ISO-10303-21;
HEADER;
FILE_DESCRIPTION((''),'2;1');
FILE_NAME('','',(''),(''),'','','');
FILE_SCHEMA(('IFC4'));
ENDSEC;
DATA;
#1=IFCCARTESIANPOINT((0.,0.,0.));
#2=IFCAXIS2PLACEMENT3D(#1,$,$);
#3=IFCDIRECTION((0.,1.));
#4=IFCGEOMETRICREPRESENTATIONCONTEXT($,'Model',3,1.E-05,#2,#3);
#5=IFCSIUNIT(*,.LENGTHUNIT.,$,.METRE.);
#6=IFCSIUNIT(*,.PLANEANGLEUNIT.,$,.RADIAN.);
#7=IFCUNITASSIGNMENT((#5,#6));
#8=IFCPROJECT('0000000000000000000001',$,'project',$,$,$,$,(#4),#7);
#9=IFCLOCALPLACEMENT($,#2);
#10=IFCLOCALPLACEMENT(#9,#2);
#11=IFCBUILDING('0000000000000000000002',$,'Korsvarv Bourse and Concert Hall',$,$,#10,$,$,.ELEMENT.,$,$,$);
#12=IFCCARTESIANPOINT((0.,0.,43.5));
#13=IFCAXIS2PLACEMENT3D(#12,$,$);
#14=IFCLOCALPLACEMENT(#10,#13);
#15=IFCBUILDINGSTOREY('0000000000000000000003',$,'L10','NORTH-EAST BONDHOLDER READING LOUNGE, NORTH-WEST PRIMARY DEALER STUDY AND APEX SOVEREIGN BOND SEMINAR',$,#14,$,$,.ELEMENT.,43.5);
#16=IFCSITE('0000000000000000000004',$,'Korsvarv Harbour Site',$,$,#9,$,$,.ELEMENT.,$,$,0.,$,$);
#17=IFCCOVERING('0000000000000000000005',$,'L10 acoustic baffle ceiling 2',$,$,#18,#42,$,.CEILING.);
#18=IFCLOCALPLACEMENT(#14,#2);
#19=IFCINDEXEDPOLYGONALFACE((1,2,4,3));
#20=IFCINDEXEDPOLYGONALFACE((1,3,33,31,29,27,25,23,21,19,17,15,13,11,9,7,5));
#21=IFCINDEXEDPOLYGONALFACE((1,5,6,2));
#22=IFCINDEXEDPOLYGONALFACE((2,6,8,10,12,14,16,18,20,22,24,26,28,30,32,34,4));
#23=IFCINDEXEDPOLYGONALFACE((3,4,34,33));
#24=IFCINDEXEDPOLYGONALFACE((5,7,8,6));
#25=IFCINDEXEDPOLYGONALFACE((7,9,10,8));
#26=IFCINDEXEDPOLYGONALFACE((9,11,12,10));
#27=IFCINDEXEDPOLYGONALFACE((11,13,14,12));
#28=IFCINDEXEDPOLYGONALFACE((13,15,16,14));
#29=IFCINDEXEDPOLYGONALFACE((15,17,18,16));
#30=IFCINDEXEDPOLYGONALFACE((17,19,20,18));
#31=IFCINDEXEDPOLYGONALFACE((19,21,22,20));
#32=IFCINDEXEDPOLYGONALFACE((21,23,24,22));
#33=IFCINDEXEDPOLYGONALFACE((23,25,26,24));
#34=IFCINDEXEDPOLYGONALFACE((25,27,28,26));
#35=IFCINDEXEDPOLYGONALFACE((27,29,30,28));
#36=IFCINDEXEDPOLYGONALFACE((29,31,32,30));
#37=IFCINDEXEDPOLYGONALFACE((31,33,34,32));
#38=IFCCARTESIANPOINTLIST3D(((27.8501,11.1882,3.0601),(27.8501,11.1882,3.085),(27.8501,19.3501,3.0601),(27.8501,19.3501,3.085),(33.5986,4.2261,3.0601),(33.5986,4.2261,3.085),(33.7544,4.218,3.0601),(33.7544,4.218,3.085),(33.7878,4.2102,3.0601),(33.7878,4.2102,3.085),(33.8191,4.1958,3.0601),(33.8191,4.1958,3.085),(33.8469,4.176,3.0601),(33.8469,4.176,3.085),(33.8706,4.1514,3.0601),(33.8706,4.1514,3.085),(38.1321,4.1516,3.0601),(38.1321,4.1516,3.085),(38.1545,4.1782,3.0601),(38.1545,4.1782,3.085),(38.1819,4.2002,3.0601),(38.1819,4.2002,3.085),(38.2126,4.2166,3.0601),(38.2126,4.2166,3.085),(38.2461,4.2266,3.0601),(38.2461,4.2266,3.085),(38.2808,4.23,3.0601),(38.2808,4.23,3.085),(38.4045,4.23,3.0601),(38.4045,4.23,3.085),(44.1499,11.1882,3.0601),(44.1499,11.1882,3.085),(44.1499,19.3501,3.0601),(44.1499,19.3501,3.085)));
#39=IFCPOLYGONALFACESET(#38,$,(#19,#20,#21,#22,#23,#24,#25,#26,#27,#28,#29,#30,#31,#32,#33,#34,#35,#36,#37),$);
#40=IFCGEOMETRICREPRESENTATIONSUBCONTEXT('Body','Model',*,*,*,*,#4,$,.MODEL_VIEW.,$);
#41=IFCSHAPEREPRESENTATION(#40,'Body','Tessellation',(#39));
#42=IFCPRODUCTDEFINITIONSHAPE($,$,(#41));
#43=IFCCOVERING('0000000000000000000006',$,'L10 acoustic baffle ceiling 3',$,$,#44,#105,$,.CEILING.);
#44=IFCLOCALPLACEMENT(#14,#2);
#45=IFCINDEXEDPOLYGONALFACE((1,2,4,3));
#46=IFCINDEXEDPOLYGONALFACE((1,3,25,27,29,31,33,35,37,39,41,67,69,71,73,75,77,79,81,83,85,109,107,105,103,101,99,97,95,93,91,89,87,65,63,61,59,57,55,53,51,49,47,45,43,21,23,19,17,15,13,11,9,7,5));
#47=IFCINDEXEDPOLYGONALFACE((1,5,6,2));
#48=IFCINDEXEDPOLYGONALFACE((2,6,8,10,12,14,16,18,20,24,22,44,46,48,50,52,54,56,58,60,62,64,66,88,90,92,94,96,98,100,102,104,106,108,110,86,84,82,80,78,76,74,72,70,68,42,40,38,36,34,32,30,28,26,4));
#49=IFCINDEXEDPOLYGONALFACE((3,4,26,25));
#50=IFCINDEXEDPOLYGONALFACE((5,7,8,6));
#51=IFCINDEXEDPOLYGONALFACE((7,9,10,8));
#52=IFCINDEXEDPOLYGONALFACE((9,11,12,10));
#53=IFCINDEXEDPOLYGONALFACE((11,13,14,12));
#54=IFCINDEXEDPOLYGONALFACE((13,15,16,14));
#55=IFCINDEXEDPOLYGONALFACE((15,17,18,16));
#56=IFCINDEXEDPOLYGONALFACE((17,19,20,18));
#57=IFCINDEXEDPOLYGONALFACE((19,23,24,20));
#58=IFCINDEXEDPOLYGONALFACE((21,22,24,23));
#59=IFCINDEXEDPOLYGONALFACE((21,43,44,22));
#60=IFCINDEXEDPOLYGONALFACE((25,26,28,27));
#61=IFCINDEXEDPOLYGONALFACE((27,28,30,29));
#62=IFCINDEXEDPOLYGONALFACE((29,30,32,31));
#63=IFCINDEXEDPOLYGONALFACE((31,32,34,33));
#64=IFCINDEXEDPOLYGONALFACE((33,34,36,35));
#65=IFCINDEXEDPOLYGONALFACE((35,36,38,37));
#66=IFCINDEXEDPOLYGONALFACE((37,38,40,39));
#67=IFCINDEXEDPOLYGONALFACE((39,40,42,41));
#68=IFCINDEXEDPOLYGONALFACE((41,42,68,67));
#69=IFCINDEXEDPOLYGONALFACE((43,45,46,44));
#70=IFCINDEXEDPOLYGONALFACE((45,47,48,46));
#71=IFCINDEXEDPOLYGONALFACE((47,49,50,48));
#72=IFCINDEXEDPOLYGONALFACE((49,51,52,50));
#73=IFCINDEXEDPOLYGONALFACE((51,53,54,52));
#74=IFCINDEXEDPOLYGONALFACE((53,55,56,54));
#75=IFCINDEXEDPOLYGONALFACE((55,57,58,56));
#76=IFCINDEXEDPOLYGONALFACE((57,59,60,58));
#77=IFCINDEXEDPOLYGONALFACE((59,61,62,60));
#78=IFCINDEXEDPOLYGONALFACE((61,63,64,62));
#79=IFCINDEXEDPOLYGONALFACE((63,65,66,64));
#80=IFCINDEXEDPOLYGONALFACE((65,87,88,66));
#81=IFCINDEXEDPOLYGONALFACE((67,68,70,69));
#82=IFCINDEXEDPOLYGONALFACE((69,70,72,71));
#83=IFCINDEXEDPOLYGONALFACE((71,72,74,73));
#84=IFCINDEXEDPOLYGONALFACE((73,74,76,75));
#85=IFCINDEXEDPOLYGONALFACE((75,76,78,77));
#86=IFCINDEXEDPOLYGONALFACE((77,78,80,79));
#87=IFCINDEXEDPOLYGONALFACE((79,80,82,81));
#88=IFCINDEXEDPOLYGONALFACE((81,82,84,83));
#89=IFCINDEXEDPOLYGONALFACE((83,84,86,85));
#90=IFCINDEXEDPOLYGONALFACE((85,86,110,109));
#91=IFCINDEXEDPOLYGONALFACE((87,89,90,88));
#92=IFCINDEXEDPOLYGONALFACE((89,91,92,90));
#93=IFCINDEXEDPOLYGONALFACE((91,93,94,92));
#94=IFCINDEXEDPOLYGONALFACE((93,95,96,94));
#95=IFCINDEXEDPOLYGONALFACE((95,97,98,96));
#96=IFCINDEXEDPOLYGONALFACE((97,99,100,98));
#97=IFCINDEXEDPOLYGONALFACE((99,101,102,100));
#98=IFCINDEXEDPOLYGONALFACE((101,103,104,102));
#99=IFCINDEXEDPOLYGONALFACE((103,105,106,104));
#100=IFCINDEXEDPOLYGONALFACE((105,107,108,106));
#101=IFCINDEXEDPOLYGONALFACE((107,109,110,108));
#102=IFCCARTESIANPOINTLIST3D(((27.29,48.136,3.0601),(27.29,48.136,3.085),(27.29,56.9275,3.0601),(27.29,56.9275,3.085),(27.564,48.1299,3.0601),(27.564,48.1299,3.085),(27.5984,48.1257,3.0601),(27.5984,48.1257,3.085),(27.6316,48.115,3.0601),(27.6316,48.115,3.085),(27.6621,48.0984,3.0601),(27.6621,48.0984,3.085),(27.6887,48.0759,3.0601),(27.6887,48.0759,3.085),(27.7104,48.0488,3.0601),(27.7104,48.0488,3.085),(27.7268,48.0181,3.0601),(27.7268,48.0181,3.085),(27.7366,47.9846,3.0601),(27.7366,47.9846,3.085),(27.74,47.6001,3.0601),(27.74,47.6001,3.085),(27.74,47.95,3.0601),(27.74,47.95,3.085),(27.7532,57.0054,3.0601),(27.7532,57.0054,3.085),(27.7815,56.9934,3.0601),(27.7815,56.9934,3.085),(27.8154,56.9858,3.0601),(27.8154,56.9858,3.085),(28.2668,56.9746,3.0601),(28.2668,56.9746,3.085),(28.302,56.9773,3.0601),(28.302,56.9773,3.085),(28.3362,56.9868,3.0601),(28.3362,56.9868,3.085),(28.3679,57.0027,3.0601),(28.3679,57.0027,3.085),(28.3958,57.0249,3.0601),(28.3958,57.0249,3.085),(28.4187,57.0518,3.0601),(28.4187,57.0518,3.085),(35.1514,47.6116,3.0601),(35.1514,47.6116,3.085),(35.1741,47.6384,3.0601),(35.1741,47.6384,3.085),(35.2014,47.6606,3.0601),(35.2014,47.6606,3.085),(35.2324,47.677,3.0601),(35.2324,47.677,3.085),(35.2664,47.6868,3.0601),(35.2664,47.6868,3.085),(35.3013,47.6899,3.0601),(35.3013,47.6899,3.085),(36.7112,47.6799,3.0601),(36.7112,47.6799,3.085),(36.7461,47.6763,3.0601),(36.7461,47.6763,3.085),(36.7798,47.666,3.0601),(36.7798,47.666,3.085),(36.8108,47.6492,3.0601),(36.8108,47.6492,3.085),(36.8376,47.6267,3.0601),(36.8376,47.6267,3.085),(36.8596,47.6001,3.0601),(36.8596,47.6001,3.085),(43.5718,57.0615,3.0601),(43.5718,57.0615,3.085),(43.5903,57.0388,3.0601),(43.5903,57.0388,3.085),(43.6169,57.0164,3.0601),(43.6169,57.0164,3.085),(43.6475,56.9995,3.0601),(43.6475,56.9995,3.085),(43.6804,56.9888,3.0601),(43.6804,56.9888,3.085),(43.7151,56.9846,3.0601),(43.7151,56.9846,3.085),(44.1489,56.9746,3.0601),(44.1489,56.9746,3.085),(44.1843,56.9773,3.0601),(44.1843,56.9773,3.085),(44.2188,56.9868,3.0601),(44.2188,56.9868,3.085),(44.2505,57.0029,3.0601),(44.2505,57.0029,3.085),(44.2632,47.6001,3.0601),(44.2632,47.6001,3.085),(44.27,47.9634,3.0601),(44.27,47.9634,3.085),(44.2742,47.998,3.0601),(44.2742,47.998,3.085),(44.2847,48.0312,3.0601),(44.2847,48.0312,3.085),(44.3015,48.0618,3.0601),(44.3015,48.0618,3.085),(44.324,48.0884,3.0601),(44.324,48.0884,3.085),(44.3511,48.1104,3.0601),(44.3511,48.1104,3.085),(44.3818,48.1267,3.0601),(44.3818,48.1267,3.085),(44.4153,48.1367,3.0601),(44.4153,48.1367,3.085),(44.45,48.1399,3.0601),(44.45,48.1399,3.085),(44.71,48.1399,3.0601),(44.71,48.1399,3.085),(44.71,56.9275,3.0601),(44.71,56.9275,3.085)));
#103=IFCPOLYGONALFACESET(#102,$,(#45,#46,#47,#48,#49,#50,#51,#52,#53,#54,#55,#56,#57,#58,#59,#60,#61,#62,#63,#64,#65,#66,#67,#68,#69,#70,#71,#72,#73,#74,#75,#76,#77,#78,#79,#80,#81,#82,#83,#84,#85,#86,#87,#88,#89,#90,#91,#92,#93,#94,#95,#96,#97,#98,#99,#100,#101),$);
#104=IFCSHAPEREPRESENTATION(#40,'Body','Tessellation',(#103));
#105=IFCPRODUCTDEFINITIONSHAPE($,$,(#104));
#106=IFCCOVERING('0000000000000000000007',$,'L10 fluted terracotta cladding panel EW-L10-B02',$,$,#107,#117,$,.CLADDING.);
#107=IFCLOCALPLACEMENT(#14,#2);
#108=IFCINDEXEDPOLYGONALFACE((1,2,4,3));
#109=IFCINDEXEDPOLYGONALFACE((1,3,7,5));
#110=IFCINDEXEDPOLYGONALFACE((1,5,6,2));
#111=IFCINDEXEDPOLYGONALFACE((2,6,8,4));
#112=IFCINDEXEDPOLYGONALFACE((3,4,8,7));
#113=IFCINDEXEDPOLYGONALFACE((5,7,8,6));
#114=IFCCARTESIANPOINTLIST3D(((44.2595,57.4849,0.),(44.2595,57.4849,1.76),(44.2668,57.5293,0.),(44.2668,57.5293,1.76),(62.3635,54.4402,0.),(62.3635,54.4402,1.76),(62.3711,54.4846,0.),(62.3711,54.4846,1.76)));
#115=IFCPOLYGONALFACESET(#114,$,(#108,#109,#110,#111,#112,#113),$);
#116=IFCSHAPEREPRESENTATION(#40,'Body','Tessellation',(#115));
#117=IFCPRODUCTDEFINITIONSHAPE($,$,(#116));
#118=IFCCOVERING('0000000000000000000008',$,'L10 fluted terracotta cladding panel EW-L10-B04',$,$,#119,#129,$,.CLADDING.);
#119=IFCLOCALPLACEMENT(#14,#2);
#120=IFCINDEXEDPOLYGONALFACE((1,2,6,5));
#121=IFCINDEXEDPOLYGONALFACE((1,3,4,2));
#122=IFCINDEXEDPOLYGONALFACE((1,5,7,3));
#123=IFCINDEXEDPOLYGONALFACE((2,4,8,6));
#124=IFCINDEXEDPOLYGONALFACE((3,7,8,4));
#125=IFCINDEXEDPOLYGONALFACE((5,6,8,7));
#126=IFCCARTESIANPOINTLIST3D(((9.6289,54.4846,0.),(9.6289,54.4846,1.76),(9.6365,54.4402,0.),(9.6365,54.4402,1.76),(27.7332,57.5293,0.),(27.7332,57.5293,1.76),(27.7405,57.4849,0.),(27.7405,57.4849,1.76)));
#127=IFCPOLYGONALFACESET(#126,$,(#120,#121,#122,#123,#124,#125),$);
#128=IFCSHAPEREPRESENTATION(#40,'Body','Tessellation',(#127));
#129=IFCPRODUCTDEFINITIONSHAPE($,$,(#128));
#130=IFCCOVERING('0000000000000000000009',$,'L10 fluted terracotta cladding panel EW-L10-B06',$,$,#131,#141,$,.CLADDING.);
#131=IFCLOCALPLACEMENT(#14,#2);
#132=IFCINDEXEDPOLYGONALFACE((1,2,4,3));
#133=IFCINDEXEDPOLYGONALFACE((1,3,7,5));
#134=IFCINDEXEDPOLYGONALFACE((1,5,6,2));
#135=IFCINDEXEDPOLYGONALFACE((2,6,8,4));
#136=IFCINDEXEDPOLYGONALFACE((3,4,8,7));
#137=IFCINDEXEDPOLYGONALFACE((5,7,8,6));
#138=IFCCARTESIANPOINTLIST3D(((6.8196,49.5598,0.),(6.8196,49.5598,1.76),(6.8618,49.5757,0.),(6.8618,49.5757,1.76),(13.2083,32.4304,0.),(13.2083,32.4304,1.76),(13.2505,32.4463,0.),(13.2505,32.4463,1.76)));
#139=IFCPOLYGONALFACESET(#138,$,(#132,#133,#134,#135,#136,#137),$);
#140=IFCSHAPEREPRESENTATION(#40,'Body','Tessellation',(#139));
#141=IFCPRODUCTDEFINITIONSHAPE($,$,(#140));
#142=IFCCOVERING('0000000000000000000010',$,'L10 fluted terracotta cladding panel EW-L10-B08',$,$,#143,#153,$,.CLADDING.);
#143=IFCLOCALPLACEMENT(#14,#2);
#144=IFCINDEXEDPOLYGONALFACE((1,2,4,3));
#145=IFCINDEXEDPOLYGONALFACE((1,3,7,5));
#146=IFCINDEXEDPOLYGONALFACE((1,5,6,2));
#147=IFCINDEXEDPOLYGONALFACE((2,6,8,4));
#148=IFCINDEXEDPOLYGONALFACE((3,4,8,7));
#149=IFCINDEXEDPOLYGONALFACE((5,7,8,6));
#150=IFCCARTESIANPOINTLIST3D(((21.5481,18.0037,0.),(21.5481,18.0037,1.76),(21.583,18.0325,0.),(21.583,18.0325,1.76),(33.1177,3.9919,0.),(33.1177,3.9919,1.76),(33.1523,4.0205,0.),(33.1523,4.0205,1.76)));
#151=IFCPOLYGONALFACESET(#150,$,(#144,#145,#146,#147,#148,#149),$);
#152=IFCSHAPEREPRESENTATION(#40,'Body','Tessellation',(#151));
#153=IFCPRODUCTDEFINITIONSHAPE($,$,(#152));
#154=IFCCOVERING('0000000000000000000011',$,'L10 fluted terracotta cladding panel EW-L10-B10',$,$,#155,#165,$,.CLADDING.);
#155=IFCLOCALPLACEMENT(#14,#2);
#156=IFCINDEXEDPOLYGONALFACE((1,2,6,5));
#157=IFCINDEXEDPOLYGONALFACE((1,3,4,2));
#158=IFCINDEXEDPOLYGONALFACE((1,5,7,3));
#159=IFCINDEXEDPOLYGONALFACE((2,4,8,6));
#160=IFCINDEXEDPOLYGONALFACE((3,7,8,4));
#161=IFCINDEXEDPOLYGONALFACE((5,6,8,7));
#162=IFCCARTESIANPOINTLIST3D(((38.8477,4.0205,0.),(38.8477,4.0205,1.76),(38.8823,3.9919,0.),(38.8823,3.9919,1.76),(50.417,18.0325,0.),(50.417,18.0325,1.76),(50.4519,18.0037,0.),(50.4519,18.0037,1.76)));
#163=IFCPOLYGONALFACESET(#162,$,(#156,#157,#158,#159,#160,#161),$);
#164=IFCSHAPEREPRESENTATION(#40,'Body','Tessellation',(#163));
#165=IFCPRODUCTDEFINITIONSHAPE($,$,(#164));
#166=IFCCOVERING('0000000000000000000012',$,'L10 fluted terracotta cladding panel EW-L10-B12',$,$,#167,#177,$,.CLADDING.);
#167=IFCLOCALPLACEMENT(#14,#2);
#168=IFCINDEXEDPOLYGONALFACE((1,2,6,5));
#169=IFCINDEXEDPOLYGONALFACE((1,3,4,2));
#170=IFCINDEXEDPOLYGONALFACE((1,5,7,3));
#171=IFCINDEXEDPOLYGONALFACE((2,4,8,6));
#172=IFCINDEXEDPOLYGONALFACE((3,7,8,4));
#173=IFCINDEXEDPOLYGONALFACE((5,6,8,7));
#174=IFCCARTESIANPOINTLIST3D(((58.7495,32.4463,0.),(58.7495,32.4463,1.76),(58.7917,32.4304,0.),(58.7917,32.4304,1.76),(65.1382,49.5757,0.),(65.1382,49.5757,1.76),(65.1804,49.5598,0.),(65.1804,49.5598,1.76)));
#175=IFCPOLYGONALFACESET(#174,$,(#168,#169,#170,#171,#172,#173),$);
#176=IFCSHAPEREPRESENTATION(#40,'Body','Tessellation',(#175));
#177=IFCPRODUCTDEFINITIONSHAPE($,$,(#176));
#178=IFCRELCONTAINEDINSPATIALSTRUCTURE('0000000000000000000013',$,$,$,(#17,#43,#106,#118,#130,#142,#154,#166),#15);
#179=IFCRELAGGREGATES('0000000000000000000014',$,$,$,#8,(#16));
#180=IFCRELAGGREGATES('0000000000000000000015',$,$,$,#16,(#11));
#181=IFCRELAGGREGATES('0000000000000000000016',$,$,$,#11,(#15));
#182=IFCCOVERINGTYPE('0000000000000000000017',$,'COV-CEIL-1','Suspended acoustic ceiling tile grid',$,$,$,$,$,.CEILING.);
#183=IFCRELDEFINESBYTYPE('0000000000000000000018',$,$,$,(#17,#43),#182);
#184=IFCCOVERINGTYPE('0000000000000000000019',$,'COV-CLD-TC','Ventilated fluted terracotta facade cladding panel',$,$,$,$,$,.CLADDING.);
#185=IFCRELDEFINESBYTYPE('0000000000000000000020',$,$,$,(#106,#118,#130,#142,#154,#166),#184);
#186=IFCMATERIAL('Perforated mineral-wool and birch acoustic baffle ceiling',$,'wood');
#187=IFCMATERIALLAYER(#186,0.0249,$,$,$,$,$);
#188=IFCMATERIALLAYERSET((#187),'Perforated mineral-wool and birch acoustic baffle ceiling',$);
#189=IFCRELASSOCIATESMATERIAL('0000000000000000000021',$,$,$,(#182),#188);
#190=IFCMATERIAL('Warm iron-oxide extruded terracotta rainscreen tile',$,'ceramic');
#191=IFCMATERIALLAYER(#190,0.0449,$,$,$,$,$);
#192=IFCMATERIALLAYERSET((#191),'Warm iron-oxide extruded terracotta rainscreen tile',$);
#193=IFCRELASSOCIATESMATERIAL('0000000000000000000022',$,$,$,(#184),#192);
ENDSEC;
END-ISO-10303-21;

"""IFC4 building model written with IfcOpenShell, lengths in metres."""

from ifc_helpers import new_model, si_unit, direction, frame, origin, place, context, subcontext, project, spatial, polyline, outline, extrude, material, layer, layer_set, type_object, element, save


model = new_model("IFC4")

# Units and contexts
model_context = context("Model", 3, precision=1e-05, world=origin(), true_north=direction((0.0, 1.0)))
body_context = subcontext(model_context, "Body", "Model", "MODEL_VIEW")
ifc_project = project(units=[si_unit("LENGTHUNIT", "METRE"), si_unit("PLANEANGLEUNIT", "RADIAN")], contexts=[model_context])

# Site, building, storey
site_placement = place(None, origin())
site = spatial("IfcSite", under=ifc_project, at=site_placement, Name="Korsvarv Harbour Site", CompositionType="ELEMENT", RefElevation=0.0)
building_placement = place(site_placement, origin())
building = spatial("IfcBuilding", under=site, at=building_placement, Name="Korsvarv Bourse and Concert Hall", CompositionType="ELEMENT")
storey_placement = place(building_placement, frame((0.0, 0.0, 43.5)))
storey = spatial("IfcBuildingStorey", under=building, at=storey_placement, Name="L10", Description="NORTH-EAST BONDHOLDER READING LOUNGE, NORTH-WEST PRIMARY DEALER STUDY AND APEX SOVEREIGN BOND SEMINAR", CompositionType="ELEMENT", Elevation=43.5)

# Coverings
ifc_material_1 = material(Name="Perforated mineral-wool and birch acoustic baffle ceiling", Category="wood")
ifc_layer_1 = layer(ifc_material_1, 0.0249)
ifc_layer_set_1 = layer_set([ifc_layer_1], Name="Perforated mineral-wool and birch acoustic baffle ceiling")
covering_type_1 = type_object("IfcCoveringType", Name="COV-CEIL-1", Description="Suspended acoustic ceiling tile grid", PredefinedType="CEILING", material=ifc_layer_set_1)
covering_1_placement = place(storey_placement, frame((0.0, 0.0, 3.0601)))
element("IfcCovering", 1, at=covering_1_placement, inside=storey, type_object=covering_type_1, Name="L10 acoustic baffle ceiling 2", PredefinedType="CEILING", context=body_context, shape_type="SweptSolid", body=[
    extrude(outline(polyline([(33.8706, 4.1514), (33.8469, 4.176), (33.8191, 4.1958), (33.7878, 4.2102), (33.7544, 4.218), (33.5986, 4.2261), (27.8501, 11.1882), (27.8501, 19.3501), (44.1499, 19.3501), (44.1499, 11.1882), (38.4045, 4.23), (38.2808, 4.23), (38.2461, 4.2266), (38.2126, 4.2166), (38.1819, 4.2002), (38.1545, 4.1782), (38.1321, 4.1516), (33.8706, 4.1514)])), origin(), (0.0, 0.0, 1.0), 0.0249),
])
covering_2_placement = place(storey_placement, frame((0.0, 0.0, 3.0601)))
element("IfcCovering", 2, at=covering_2_placement, inside=storey, type_object=covering_type_1, Name="L10 acoustic baffle ceiling 3", PredefinedType="CEILING", context=body_context, shape_type="SweptSolid", body=[
    extrude(outline(polyline([(27.7532, 57.0054), (27.7815, 56.9934), (27.8154, 56.9858), (28.2668, 56.9746), (28.302, 56.9773), (28.3362, 56.9868), (28.3679, 57.0027), (28.3958, 57.0249), (28.4187, 57.0518), (43.5718, 57.0615), (43.5903, 57.0388), (43.6169, 57.0164), (43.6475, 56.9995), (43.6804, 56.9888), (43.7151, 56.9846), (44.1489, 56.9746), (44.1843, 56.9773), (44.2188, 56.9868), (44.2505, 57.0029), (44.71, 56.9275), (44.71, 48.1399), (44.45, 48.1399), (44.4153, 48.1367), (44.3818, 48.1267), (44.3511, 48.1104), (44.324, 48.0884), (44.3015, 48.0618), (44.2847, 48.0312), (44.2742, 47.998), (44.27, 47.9634), (44.2632, 47.6001), (36.8596, 47.6001), (36.8376, 47.6267), (36.8108, 47.6492), (36.7798, 47.666), (36.7461, 47.6763), (36.7112, 47.6799), (35.3013, 47.6899), (35.2664, 47.6868), (35.2324, 47.677), (35.2014, 47.6606), (35.1741, 47.6384), (35.1514, 47.6116), (27.74, 47.6001), (27.74, 47.95), (27.7366, 47.9846), (27.7268, 48.0181), (27.7104, 48.0488), (27.6887, 48.0759), (27.6621, 48.0984), (27.6316, 48.115), (27.5984, 48.1257), (27.564, 48.1299), (27.29, 48.136), (27.29, 56.9275), (27.7532, 57.0054)])), origin(), (0.0, 0.0, 1.0), 0.0249),
])
ifc_material_2 = material(Name="Warm iron-oxide extruded terracotta rainscreen tile", Category="ceramic")
ifc_layer_2 = layer(ifc_material_2, 0.0449)
ifc_layer_set_2 = layer_set([ifc_layer_2], Name="Warm iron-oxide extruded terracotta rainscreen tile")
covering_type_2 = type_object("IfcCoveringType", Name="COV-CLD-TC", Description="Ventilated fluted terracotta facade cladding panel", PredefinedType="CLADDING", material=ifc_layer_set_2)
covering_3_placement = place(storey_placement, origin())
element("IfcCovering", 3, at=covering_3_placement, inside=storey, type_object=covering_type_2, Name="L10 fluted terracotta cladding panel EW-L10-B02", PredefinedType="CLADDING", context=body_context, shape_type="SweptSolid", body=[
    extrude(outline(polyline([(62.3635, 54.4402), (44.2595, 57.4849), (44.2668, 57.5293), (62.3711, 54.4846), (62.3635, 54.4402)])), origin(), (0.0, 0.0, 1.0), 1.76),
])
covering_4_placement = place(storey_placement, origin())
element("IfcCovering", 4, at=covering_4_placement, inside=storey, type_object=covering_type_2, Name="L10 fluted terracotta cladding panel EW-L10-B04", PredefinedType="CLADDING", context=body_context, shape_type="SweptSolid", body=[
    extrude(outline(polyline([(27.7405, 57.4849), (9.6365, 54.4402), (9.6289, 54.4846), (27.7332, 57.5293), (27.7405, 57.4849)])), origin(), (0.0, 0.0, 1.0), 1.76),
])
covering_5_placement = place(storey_placement, origin())
element("IfcCovering", 5, at=covering_5_placement, inside=storey, type_object=covering_type_2, Name="L10 fluted terracotta cladding panel EW-L10-B06", PredefinedType="CLADDING", context=body_context, shape_type="SweptSolid", body=[
    extrude(outline(polyline([(6.8618, 49.5757), (13.2505, 32.4463), (13.2083, 32.4304), (6.8196, 49.5598), (6.8618, 49.5757)])), origin(), (0.0, 0.0, 1.0), 1.76),
])
covering_6_placement = place(storey_placement, origin())
element("IfcCovering", 6, at=covering_6_placement, inside=storey, type_object=covering_type_2, Name="L10 fluted terracotta cladding panel EW-L10-B08", PredefinedType="CLADDING", context=body_context, shape_type="SweptSolid", body=[
    extrude(outline(polyline([(21.583, 18.0325), (33.1523, 4.0205), (33.1177, 3.9919), (21.5481, 18.0037), (21.583, 18.0325)])), origin(), (0.0, 0.0, 1.0), 1.76),
])
covering_7_placement = place(storey_placement, origin())
element("IfcCovering", 7, at=covering_7_placement, inside=storey, type_object=covering_type_2, Name="L10 fluted terracotta cladding panel EW-L10-B10", PredefinedType="CLADDING", context=body_context, shape_type="SweptSolid", body=[
    extrude(outline(polyline([(38.8477, 4.0205), (50.417, 18.0325), (50.4519, 18.0037), (38.8823, 3.9919), (38.8477, 4.0205)])), origin(), (0.0, 0.0, 1.0), 1.76),
])
covering_8_placement = place(storey_placement, origin())
element("IfcCovering", 8, at=covering_8_placement, inside=storey, type_object=covering_type_2, Name="L10 fluted terracotta cladding panel EW-L10-B12", PredefinedType="CLADDING", context=body_context, shape_type="SweptSolid", body=[
    extrude(outline(polyline([(58.7495, 32.4463), (65.1382, 49.5757), (65.1804, 49.5598), (58.7917, 32.4304), (58.7495, 32.4463)])), origin(), (0.0, 0.0, 1.0), 1.76),
])

save(model, "model.ifc")
